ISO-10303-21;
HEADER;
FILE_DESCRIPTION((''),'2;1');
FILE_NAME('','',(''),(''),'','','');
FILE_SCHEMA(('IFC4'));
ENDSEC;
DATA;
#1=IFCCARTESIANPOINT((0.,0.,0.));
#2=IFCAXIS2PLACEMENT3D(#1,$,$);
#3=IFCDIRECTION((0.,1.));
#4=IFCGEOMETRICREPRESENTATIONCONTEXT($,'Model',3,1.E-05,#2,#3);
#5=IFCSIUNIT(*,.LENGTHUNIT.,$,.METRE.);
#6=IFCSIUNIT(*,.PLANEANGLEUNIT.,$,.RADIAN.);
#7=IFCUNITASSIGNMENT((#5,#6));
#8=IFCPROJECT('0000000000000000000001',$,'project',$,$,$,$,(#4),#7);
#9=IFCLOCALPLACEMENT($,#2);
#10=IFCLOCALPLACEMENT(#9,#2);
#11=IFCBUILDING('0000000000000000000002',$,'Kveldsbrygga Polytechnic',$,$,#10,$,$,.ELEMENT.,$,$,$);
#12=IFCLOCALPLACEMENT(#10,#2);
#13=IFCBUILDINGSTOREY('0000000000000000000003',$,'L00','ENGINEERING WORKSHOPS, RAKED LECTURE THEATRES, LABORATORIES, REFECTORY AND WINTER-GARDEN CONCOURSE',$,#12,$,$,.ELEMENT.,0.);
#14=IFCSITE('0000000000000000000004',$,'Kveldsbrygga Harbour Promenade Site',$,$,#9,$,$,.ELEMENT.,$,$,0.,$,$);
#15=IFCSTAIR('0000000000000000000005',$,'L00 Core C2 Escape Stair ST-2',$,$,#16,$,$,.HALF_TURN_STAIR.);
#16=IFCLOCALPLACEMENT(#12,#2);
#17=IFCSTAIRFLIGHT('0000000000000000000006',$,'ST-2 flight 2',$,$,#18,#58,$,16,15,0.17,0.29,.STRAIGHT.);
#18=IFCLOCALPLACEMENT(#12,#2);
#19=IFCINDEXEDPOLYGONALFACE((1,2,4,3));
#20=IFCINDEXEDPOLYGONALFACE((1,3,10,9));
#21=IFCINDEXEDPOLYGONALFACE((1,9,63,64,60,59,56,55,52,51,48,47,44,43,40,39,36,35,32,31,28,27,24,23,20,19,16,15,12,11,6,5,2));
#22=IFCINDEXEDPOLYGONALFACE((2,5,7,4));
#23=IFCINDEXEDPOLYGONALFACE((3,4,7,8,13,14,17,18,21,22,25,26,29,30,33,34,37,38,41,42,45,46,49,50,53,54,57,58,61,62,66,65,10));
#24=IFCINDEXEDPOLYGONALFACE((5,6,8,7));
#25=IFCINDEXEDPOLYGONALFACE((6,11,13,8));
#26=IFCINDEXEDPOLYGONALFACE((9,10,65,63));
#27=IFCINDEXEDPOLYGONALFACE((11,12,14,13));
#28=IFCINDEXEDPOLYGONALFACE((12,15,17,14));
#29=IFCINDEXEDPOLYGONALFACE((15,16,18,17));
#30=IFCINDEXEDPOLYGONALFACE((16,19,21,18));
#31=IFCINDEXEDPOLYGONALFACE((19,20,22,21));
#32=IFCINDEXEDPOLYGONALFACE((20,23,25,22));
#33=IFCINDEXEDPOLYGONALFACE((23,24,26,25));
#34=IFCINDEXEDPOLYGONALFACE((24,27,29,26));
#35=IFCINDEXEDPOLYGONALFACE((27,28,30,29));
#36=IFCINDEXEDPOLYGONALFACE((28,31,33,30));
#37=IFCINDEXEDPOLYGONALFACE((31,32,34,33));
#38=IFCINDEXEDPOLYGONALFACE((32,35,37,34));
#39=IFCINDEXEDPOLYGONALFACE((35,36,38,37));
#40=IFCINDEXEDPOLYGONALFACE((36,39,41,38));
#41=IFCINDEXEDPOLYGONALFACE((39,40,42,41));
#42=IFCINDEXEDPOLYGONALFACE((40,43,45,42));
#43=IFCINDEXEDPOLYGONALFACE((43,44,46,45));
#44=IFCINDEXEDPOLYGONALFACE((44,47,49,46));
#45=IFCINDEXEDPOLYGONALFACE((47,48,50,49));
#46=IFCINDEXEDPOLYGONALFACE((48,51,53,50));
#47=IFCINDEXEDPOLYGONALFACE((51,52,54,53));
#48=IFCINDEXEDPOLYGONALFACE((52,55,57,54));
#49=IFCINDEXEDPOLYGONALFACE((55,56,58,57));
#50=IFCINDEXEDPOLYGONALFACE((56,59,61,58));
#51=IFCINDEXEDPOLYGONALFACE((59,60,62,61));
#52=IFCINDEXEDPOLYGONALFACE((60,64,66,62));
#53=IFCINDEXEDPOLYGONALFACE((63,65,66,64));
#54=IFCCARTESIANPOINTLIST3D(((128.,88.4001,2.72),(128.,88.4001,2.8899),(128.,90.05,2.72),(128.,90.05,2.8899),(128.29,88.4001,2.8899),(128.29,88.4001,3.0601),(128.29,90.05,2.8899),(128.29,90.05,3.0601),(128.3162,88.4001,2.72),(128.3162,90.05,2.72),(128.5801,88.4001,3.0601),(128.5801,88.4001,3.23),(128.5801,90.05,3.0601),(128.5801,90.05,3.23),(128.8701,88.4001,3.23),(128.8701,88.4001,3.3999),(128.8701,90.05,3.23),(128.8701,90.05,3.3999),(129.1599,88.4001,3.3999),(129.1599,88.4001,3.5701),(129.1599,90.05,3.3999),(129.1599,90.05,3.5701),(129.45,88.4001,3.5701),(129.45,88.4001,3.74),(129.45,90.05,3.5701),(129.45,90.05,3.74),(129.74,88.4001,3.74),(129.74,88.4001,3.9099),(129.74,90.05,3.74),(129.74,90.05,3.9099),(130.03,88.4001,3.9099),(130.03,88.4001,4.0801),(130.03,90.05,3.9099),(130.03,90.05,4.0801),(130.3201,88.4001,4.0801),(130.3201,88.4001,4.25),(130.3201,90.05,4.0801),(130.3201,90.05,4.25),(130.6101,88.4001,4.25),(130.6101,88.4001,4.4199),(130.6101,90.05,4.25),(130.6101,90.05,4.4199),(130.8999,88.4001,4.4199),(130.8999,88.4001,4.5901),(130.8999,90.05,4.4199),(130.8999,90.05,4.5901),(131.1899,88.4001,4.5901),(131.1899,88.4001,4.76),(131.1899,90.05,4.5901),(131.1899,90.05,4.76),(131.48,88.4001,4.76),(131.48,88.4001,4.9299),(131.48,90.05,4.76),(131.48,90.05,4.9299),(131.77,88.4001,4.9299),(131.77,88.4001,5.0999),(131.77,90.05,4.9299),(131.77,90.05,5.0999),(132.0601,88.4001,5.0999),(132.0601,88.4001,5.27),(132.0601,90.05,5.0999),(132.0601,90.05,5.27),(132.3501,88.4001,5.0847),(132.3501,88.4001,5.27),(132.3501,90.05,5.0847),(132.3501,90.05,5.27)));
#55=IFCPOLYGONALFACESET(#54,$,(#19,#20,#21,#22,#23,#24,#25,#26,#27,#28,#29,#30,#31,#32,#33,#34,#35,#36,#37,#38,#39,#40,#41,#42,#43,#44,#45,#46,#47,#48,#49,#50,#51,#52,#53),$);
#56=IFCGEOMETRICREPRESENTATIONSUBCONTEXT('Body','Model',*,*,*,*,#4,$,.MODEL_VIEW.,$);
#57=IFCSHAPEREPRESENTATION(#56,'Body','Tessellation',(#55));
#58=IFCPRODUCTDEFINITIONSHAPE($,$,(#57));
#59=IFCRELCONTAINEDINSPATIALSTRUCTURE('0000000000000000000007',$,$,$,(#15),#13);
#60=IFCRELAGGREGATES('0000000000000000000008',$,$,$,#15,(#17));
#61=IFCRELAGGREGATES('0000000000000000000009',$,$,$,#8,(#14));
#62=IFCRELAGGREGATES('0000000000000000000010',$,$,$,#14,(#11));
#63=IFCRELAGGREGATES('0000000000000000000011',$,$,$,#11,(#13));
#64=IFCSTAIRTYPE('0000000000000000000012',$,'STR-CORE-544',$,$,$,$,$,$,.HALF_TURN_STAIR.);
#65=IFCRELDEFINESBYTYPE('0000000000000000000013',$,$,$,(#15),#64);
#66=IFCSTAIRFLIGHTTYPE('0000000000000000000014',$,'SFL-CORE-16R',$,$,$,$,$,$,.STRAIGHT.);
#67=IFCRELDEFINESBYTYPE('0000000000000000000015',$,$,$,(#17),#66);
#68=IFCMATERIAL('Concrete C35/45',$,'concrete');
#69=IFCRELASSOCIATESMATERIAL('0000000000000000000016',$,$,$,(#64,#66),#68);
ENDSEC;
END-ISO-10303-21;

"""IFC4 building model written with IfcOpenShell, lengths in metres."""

from ifc_helpers import new_model, si_unit, direction, frame, origin, place, context, subcontext, project, spatial, polyline, outline, extrude, material, type_object, element, aggregate, save


model = new_model("IFC4")

# Units and contexts
model_context = context("Model", 3, precision=1e-05, world=origin(), true_north=direction((0.0, 1.0)))
body_context = subcontext(model_context, "Body", "Model", "MODEL_VIEW")
ifc_project = project(units=[si_unit("LENGTHUNIT", "METRE"), si_unit("PLANEANGLEUNIT", "RADIAN")], contexts=[model_context])

# Site, building, storey
site_placement = place(None, origin())
site = spatial("IfcSite", under=ifc_project, at=site_placement, Name="Kveldsbrygga Harbour Promenade Site", CompositionType="ELEMENT", RefElevation=0.0)
building_placement = place(site_placement, origin())
building = spatial("IfcBuilding", under=site, at=building_placement, Name="Kveldsbrygga Polytechnic", CompositionType="ELEMENT")
storey_placement = place(building_placement, origin())
storey = spatial("IfcBuildingStorey", under=building, at=storey_placement, Name="L00", Description="ENGINEERING WORKSHOPS, RAKED LECTURE THEATRES, LABORATORIES, REFECTORY AND WINTER-GARDEN CONCOURSE", CompositionType="ELEMENT", Elevation=0.0)

# Shared definitions
ifc_material_1 = material(Name="Concrete C35/45", Category="concrete")

# Stair, stair flight
stair_type = type_object("IfcStairType", Name="STR-CORE-544", PredefinedType="HALF_TURN_STAIR", material=ifc_material_1)
stair_placement = place(storey_placement, origin())
stair = element("IfcStair", 1, at=stair_placement, inside=storey, type_object=stair_type, Name="L00 Core C2 Escape Stair ST-2", PredefinedType="HALF_TURN_STAIR")
stair_flight_type = type_object("IfcStairFlightType", Name="SFL-CORE-16R", PredefinedType="STRAIGHT", material=ifc_material_1)
stair_flight_1_placement = place(storey_placement, frame((128.0, 89.2251, 2.72), z_axis=(0.0, 0.0, 1.0), x_axis=(1.0, 0.0, 0.0)))
stair_flight_1 = element("IfcStairFlight", 2, at=stair_flight_1_placement, type_object=stair_flight_type, Name="ST-2 flight 2", NumberOfRisers=16, NumberOfTreads=15, PredefinedType="STRAIGHT", RiserHeight=0.17, TreadLength=0.29, context=body_context, shape_type="SweptSolid", body=[
    extrude(outline(polyline([(0.0, 0.0), (0.0, 0.1699), (0.29, 0.1699), (0.29, 0.3401), (0.5801, 0.3401), (0.5801, 0.51), (0.8701, 0.51), (0.8701, 0.6799), (1.1599, 0.6799), (1.1599, 0.8501), (1.45, 0.8501), (1.45, 1.02), (1.74, 1.02), (1.74, 1.1899), (2.03, 1.1899), (2.03, 1.3601), (2.3201, 1.3601), (2.3201, 1.53), (2.6101, 1.53), (2.6101, 1.7), (2.8999, 1.7), (2.8999, 1.8701), (3.1899, 1.8701), (3.1899, 2.04), (3.48, 2.04), (3.48, 2.21), (3.77, 2.21), (3.77, 2.3799), (4.0601, 2.3799), (4.0601, 2.55), (4.3501, 2.55), (4.3501, 2.72), (4.3501, 2.3647), (0.3162, 0.0), (0.0, 0.0)])), frame((0.0, 0.825, 0.0), z_axis=(0.0, -1.0, 0.0), x_axis=(1.0, 0.0, 0.0)), (0.0, 0.0, 1.0), 1.6499),
])
aggregate(stair, [stair_flight_1])

save(model, "model.ifc")
